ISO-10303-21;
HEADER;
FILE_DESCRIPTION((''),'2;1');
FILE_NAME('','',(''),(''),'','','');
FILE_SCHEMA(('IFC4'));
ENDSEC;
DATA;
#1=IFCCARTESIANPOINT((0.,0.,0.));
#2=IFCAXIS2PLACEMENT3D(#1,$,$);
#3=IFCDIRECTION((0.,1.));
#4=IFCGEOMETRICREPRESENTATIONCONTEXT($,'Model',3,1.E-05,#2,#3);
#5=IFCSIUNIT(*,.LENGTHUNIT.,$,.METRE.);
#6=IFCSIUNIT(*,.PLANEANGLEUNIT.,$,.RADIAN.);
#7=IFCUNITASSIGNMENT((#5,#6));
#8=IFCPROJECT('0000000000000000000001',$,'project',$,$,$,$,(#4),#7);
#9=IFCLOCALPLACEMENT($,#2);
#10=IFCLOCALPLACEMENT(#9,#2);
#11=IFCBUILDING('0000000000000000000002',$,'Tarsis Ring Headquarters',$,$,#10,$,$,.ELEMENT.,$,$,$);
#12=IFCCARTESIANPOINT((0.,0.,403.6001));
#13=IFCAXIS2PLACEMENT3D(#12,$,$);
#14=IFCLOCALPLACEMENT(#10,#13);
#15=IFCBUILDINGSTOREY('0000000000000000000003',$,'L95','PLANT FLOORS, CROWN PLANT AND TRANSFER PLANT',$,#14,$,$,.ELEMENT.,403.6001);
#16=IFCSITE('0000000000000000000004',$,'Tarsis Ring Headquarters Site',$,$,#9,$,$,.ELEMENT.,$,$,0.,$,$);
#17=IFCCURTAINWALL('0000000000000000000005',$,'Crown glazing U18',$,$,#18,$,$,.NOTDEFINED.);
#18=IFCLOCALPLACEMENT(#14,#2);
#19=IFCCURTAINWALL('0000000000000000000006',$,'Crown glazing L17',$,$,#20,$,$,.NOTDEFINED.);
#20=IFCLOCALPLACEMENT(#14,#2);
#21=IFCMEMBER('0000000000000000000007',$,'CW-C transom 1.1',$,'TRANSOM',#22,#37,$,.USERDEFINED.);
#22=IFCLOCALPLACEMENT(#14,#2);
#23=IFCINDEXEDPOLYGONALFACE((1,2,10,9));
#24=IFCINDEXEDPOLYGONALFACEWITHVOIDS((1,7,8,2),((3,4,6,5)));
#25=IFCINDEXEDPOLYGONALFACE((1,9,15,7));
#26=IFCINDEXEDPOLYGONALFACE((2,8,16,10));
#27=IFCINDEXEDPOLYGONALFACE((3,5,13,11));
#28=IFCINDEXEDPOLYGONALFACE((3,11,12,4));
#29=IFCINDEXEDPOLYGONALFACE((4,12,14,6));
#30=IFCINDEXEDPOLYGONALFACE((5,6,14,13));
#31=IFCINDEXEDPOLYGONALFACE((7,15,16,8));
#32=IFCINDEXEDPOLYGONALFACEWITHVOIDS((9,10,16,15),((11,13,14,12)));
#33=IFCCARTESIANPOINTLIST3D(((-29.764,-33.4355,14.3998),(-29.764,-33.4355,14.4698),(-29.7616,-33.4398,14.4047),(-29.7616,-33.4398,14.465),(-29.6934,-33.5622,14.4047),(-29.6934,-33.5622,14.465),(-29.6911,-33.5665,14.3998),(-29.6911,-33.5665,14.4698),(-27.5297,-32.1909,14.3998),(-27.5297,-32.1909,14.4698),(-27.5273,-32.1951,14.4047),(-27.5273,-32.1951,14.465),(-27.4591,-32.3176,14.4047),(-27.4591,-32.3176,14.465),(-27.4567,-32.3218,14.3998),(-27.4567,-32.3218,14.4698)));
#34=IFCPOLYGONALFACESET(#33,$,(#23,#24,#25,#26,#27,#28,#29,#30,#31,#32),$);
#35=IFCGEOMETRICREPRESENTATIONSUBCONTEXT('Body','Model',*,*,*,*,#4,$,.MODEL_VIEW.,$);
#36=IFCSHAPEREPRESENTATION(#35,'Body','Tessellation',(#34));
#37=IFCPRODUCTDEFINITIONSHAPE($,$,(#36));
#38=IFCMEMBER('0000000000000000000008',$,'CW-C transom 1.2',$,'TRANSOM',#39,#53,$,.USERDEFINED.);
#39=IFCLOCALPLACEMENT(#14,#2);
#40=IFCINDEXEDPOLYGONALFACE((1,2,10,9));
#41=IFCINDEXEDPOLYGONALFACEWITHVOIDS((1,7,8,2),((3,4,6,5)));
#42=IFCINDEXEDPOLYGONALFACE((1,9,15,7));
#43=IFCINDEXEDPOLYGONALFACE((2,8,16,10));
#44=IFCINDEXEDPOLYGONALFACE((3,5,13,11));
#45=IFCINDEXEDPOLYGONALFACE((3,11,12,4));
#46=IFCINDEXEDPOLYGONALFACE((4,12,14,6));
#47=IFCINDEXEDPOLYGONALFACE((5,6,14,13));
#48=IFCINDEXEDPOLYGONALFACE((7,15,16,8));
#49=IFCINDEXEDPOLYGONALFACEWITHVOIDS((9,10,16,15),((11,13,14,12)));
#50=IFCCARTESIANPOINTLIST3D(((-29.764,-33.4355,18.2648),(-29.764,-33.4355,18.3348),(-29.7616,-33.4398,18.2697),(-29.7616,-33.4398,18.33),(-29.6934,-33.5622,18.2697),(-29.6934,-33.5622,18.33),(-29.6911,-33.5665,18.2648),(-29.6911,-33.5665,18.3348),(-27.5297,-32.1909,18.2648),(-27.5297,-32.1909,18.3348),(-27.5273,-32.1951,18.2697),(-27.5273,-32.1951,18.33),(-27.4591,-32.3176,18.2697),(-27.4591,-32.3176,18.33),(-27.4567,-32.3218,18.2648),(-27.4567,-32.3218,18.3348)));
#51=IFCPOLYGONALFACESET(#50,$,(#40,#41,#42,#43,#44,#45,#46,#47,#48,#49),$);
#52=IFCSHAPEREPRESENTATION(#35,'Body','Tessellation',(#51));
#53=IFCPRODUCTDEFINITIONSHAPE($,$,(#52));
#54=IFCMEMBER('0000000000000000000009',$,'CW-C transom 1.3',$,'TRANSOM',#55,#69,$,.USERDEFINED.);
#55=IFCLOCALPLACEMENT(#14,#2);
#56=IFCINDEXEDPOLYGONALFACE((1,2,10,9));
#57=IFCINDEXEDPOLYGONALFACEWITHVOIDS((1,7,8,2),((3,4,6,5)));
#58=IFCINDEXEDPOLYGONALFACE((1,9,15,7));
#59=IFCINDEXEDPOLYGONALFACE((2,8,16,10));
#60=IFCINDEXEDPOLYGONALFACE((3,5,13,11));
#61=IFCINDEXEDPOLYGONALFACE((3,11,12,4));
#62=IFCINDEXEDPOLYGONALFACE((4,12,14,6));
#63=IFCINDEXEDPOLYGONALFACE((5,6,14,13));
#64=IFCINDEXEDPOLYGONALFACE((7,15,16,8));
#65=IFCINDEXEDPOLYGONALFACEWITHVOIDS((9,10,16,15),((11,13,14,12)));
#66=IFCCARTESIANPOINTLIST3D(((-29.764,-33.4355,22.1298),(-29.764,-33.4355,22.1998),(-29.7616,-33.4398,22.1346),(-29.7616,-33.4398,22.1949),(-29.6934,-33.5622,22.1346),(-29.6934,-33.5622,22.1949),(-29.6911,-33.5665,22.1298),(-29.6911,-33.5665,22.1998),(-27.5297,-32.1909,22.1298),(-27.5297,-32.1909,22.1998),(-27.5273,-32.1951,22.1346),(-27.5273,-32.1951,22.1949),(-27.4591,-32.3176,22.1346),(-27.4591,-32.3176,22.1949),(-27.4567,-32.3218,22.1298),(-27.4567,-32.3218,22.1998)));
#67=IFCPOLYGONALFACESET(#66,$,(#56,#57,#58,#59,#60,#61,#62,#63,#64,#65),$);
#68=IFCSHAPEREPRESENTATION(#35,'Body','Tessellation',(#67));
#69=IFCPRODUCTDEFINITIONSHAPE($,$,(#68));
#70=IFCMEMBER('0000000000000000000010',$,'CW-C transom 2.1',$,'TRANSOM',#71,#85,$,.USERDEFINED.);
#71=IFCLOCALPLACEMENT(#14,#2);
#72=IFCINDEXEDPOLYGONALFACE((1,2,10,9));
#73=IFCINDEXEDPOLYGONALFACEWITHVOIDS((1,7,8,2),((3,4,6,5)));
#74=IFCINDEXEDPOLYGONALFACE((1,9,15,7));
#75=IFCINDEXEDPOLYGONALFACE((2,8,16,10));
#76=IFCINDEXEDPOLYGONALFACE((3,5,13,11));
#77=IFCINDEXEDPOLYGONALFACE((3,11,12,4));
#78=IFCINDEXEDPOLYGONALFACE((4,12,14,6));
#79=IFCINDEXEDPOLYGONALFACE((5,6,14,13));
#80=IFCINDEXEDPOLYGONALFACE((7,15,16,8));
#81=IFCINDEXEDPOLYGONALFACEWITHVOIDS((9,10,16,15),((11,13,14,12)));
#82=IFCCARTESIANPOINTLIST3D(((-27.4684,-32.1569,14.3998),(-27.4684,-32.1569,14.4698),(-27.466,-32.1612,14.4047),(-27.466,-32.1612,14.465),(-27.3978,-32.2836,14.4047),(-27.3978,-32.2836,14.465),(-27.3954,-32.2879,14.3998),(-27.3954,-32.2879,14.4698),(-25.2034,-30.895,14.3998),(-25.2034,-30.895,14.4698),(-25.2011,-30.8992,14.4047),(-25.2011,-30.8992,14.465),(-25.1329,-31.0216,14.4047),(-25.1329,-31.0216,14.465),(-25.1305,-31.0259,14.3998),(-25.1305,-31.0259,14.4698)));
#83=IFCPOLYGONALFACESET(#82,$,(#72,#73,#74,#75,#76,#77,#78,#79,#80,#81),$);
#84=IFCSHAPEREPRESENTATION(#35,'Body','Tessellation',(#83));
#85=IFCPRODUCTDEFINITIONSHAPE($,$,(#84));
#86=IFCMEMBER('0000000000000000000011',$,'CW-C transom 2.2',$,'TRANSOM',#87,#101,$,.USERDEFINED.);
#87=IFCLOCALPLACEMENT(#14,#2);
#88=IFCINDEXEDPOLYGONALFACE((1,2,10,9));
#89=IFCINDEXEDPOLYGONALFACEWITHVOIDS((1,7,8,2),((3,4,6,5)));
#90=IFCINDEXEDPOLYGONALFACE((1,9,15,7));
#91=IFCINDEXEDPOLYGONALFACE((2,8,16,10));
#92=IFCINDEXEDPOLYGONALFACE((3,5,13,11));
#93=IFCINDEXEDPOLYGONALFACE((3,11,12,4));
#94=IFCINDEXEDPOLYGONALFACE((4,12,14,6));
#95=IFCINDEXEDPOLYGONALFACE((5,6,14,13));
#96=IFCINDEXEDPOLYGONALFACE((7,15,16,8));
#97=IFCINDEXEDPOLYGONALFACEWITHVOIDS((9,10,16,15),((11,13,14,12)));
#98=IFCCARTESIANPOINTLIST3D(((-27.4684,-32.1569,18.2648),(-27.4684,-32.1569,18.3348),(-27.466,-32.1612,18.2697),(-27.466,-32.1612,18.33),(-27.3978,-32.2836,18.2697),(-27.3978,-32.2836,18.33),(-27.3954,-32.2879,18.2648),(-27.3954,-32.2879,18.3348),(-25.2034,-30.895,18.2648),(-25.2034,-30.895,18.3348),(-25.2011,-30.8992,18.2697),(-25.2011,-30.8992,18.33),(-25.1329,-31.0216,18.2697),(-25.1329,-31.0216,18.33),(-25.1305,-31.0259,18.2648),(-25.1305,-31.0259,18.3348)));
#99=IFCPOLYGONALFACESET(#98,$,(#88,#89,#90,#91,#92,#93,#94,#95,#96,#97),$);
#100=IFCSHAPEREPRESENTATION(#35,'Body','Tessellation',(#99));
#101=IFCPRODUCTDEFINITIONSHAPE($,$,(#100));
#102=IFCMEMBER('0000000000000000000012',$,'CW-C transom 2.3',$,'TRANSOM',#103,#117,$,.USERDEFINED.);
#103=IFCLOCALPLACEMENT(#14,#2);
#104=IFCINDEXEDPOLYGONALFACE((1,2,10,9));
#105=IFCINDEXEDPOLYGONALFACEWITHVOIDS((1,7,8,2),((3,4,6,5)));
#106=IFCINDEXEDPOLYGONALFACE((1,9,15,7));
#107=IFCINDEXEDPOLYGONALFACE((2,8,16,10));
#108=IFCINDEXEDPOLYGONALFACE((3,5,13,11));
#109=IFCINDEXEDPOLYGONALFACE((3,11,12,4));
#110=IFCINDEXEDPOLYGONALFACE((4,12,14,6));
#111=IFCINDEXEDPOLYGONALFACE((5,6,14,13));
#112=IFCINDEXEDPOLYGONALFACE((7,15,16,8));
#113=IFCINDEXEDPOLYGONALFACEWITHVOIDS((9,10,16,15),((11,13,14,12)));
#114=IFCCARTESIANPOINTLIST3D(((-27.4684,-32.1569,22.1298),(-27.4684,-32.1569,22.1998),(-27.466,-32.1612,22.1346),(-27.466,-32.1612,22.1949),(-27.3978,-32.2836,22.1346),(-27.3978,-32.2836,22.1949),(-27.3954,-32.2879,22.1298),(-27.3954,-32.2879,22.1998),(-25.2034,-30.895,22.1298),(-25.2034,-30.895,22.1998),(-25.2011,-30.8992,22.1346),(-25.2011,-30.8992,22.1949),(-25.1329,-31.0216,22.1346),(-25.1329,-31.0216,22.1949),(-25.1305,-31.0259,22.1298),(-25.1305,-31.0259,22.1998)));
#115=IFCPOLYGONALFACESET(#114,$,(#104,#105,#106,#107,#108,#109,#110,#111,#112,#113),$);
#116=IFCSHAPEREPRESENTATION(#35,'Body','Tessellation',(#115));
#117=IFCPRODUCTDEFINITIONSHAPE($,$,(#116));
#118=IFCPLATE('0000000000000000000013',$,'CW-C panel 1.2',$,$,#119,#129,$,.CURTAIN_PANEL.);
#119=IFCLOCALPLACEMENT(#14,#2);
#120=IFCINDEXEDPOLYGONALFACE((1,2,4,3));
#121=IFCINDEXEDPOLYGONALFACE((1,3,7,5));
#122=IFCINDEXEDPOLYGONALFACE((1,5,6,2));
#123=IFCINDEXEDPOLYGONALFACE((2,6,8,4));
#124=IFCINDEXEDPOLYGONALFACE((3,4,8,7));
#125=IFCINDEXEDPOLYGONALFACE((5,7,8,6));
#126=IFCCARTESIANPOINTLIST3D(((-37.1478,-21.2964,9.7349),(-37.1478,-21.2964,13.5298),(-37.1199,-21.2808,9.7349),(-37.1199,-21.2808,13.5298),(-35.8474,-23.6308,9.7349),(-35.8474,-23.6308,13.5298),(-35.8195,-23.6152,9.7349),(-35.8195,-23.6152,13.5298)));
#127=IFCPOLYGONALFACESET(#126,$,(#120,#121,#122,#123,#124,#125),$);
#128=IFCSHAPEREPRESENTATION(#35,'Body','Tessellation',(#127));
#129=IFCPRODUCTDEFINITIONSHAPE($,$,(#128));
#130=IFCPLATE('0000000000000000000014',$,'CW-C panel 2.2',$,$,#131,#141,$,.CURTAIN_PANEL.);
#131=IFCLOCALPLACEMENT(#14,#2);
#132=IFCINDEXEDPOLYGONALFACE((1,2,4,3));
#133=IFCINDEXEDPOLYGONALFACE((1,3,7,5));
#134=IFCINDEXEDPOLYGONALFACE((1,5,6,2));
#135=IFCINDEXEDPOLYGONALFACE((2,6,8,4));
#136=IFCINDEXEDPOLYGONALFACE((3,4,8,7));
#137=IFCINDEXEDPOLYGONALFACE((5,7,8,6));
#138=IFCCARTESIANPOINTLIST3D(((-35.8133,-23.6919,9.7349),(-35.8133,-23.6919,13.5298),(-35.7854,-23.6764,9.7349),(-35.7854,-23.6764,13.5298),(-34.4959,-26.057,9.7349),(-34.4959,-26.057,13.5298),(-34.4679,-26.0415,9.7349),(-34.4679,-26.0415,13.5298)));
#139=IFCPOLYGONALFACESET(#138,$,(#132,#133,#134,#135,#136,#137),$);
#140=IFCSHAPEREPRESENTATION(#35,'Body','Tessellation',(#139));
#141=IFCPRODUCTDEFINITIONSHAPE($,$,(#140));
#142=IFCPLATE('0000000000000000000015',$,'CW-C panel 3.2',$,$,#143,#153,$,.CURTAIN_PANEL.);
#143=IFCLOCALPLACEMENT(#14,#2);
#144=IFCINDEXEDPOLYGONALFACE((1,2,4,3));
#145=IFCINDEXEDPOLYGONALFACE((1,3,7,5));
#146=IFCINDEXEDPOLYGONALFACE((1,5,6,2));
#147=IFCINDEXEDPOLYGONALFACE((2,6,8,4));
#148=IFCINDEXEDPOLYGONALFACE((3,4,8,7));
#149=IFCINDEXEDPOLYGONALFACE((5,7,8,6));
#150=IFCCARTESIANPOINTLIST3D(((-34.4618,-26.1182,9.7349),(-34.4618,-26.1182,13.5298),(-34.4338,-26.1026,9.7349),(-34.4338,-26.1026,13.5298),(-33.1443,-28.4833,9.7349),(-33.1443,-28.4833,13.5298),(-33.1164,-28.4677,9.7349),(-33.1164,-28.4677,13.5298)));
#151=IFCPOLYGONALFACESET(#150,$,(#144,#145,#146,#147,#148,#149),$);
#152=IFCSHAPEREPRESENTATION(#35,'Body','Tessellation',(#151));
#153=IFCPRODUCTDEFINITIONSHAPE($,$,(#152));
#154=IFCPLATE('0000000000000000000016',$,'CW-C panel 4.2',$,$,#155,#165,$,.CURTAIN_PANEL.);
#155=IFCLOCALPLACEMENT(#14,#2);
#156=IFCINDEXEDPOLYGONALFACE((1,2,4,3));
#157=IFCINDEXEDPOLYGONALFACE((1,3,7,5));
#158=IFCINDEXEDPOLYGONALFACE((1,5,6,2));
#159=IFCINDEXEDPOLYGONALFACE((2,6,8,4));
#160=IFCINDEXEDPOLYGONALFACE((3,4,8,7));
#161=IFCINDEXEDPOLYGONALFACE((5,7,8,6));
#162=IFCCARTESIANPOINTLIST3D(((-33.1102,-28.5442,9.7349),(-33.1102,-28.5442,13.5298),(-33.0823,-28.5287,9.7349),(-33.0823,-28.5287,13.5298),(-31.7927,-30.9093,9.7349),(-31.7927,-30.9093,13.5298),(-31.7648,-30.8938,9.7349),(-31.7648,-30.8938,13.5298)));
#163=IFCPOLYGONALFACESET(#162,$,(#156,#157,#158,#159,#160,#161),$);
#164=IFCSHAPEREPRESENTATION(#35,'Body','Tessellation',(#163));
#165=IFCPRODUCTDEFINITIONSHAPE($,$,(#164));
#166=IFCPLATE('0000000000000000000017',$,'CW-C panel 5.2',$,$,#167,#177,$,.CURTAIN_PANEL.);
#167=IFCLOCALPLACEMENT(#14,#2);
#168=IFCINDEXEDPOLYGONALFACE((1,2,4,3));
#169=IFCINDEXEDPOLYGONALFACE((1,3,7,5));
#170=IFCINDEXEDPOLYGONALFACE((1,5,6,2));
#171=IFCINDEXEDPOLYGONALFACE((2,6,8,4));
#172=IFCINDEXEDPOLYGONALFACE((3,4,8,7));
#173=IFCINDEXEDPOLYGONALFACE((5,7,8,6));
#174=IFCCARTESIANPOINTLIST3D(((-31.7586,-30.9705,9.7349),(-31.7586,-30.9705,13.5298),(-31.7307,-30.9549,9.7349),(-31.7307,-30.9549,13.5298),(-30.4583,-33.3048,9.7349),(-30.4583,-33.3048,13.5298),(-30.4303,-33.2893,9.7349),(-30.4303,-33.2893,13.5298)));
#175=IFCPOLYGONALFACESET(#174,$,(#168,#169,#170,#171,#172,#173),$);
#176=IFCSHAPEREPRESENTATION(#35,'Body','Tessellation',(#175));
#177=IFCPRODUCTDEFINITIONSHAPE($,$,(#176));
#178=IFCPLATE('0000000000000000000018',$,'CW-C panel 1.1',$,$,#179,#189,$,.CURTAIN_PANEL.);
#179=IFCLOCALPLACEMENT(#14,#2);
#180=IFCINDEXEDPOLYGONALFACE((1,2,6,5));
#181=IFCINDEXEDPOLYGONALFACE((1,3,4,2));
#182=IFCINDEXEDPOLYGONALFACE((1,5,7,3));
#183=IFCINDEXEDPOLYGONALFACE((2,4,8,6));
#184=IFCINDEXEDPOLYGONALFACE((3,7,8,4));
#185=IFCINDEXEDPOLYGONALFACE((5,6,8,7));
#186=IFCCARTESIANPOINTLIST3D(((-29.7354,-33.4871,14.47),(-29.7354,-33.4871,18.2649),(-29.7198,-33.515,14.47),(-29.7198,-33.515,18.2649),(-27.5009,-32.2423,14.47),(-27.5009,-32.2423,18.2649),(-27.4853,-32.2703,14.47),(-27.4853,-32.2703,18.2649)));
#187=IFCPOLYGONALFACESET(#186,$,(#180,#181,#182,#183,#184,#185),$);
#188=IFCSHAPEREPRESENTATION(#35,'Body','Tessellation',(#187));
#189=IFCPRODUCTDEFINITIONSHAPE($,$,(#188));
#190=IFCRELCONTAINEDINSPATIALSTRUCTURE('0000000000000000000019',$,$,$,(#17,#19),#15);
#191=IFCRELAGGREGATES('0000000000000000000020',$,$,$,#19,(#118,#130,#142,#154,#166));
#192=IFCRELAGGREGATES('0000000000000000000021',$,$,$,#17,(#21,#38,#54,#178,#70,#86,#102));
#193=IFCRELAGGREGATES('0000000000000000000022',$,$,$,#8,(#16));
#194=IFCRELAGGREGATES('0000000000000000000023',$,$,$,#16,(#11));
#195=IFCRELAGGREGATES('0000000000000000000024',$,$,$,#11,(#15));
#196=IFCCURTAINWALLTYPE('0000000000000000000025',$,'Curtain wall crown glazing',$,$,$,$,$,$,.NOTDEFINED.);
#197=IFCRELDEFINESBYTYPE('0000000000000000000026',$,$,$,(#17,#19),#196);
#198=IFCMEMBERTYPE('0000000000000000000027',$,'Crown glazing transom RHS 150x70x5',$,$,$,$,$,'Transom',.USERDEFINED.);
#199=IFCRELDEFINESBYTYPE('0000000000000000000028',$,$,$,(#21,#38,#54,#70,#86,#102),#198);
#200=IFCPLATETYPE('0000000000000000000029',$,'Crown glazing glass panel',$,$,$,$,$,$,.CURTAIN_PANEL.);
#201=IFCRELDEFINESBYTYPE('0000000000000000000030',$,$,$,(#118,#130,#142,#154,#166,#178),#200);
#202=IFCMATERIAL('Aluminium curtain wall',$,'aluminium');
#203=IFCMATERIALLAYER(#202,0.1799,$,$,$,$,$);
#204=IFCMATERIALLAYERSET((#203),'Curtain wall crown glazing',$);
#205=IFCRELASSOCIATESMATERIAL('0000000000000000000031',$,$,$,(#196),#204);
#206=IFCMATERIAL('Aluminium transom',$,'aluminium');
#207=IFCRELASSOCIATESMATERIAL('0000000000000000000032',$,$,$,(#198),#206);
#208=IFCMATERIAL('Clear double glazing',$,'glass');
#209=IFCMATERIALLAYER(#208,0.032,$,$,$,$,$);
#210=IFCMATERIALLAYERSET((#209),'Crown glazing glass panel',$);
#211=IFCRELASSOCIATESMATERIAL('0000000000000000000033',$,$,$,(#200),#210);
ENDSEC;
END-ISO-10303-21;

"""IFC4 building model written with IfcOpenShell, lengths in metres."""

from ifc_helpers import new_model, si_unit, direction, frame, origin, origin_2d, place, context, subcontext, project, spatial, rectangle, hollow_rectangle, extrude, material, layer, layer_set, material_profile, profile_set, type_object, element, aggregate, save


model = new_model("IFC4")

# Units and contexts
model_context = context("Model", 3, precision=1e-05, world=origin(), true_north=direction((0.0, 1.0)))
body_context = subcontext(model_context, "Body", "Model", "MODEL_VIEW")
ifc_project = project(units=[si_unit("LENGTHUNIT", "METRE"), si_unit("PLANEANGLEUNIT", "RADIAN")], contexts=[model_context])

# Site, building, storey
site_placement = place(None, origin())
site = spatial("IfcSite", under=ifc_project, at=site_placement, Name="Tarsis Ring Headquarters Site", CompositionType="ELEMENT", RefElevation=0.0)
building_placement = place(site_placement, origin())
building = spatial("IfcBuilding", under=site, at=building_placement, Name="Tarsis Ring Headquarters", CompositionType="ELEMENT")
storey_placement = place(building_placement, frame((0.0, 0.0, 403.6001)))
storey = spatial("IfcBuildingStorey", under=building, at=storey_placement, Name="L95", Description="PLANT FLOORS, CROWN PLANT AND TRANSFER PLANT", CompositionType="ELEMENT", Elevation=403.6001)

# Curtain walls
ifc_material_1 = material(Name="Aluminium curtain wall", Category="aluminium")
ifc_layer_1 = layer(ifc_material_1, 0.1799)
ifc_layer_set_1 = layer_set([ifc_layer_1], Name="Curtain wall crown glazing")
curtain_wall_type = type_object("IfcCurtainWallType", Name="Curtain wall crown glazing", PredefinedType="NOTDEFINED", material=ifc_layer_set_1)
curtain_wall_1_placement = place(storey_placement, origin())
curtain_wall_1 = element("IfcCurtainWall", 1, at=curtain_wall_1_placement, inside=storey, type_object=curtain_wall_type, Name="Crown glazing U18", PredefinedType="NOTDEFINED")
curtain_wall_2_placement = place(storey_placement, origin())
curtain_wall_2 = element("IfcCurtainWall", 2, at=curtain_wall_2_placement, inside=storey, type_object=curtain_wall_type, Name="Crown glazing L17", PredefinedType="NOTDEFINED")
ifc_material_2 = material(Name="Aluminium transom", Category="aluminium")
ifc_material_profile_1 = material_profile(ifc_material_2, hollow_rectangle(XDim=0.1499, YDim=0.0701, WallThickness=0.0049, at=origin_2d()), Name="RHS 150x70x5")
ifc_profile_set_1 = profile_set([ifc_material_profile_1], Name="Aluminium transom")
member_type_1 = type_object("IfcMemberType", Name="Crown glazing transom RHS 150x70x5", ElementType="Transom", PredefinedType="USERDEFINED", material=ifc_profile_set_1)

# Members
member_1_placement = place(storey_placement, frame((-29.7275, -33.501, 14.4348), z_axis=(0.873607, 0.486631, 0.0), x_axis=(-0.486631, 0.873607, 0.0)))
member_1 = element("IfcMember", 3, at=member_1_placement, type_object=member_type_1, Name="CW-C transom 1.1", ObjectType="TRANSOM", PredefinedType="USERDEFINED", context=body_context, shape_type="SweptSolid", body=[
    extrude(hollow_rectangle(XDim=0.1499, YDim=0.0701, WallThickness=0.0049, at=origin_2d()), origin(), (0.0, 0.0, 1.0), 2.5576),
])
member_2_placement = place(storey_placement, frame((-29.7275, -33.501, 18.2998), z_axis=(0.873607, 0.486631, 0.0), x_axis=(-0.486631, 0.873607, 0.0)))
member_2 = element("IfcMember", 4, at=member_2_placement, type_object=member_type_1, Name="CW-C transom 1.2", ObjectType="TRANSOM", PredefinedType="USERDEFINED", context=body_context, shape_type="SweptSolid", body=[
    extrude(hollow_rectangle(XDim=0.1499, YDim=0.0701, WallThickness=0.0049, at=origin_2d()), origin(), (0.0, 0.0, 1.0), 2.5576),
])
member_3_placement = place(storey_placement, frame((-29.7275, -33.501, 22.1648), z_axis=(0.873607, 0.486631, 0.0), x_axis=(-0.486631, 0.873607, 0.0)))
member_3 = element("IfcMember", 5, at=member_3_placement, type_object=member_type_1, Name="CW-C transom 1.3", ObjectType="TRANSOM", PredefinedType="USERDEFINED", context=body_context, shape_type="SweptSolid", body=[
    extrude(hollow_rectangle(XDim=0.1499, YDim=0.0701, WallThickness=0.0049, at=origin_2d()), origin(), (0.0, 0.0, 1.0), 2.5576),
])
member_4_placement = place(storey_placement, frame((-27.4319, -32.2224, 14.4348), z_axis=(0.873553, 0.48673, 0.0), x_axis=(-0.48673, 0.873553, 0.0)))
member_4 = element("IfcMember", 6, at=member_4_placement, type_object=member_type_1, Name="CW-C transom 2.1", ObjectType="TRANSOM", PredefinedType="USERDEFINED", context=body_context, shape_type="SweptSolid", body=[
    extrude(hollow_rectangle(XDim=0.1499, YDim=0.0701, WallThickness=0.0049, at=origin_2d()), origin(), (0.0, 0.0, 1.0), 2.5928),
])
member_5_placement = place(storey_placement, frame((-27.4319, -32.2224, 18.2998), z_axis=(0.873553, 0.48673, 0.0), x_axis=(-0.48673, 0.873553, 0.0)))
member_5 = element("IfcMember", 7, at=member_5_placement, type_object=member_type_1, Name="CW-C transom 2.2", ObjectType="TRANSOM", PredefinedType="USERDEFINED", context=body_context, shape_type="SweptSolid", body=[
    extrude(hollow_rectangle(XDim=0.1499, YDim=0.0701, WallThickness=0.0049, at=origin_2d()), origin(), (0.0, 0.0, 1.0), 2.5928),
])
member_6_placement = place(storey_placement, frame((-27.4319, -32.2224, 22.1648), z_axis=(0.873553, 0.48673, 0.0), x_axis=(-0.48673, 0.873553, 0.0)))
member_6 = element("IfcMember", 8, at=member_6_placement, type_object=member_type_1, Name="CW-C transom 2.3", ObjectType="TRANSOM", PredefinedType="USERDEFINED", context=body_context, shape_type="SweptSolid", body=[
    extrude(hollow_rectangle(XDim=0.1499, YDim=0.0701, WallThickness=0.0049, at=origin_2d()), origin(), (0.0, 0.0, 1.0), 2.5928),
])

# Plates
ifc_material_3 = material(Name="Clear double glazing", Category="glass")
ifc_layer_2 = layer(ifc_material_3, 0.032)
ifc_layer_set_2 = layer_set([ifc_layer_2], Name="Crown glazing glass panel")
plate_type = type_object("IfcPlateType", Name="Crown glazing glass panel", PredefinedType="CURTAIN_PANEL", material=ifc_layer_set_2)
plate_1_placement = place(storey_placement, frame((-36.4836, -22.4558, 9.7349), z_axis=(0.0, 0.0, 1.0), x_axis=(0.48664, -0.873602, 0.0)))
plate_1 = element("IfcPlate", 9, at=plate_1_placement, type_object=plate_type, Name="CW-C panel 1.2", PredefinedType="CURTAIN_PANEL", context=body_context, shape_type="SweptSolid", body=[
    extrude(rectangle(XDim=2.6721, YDim=0.032, at=origin_2d()), origin(), (0.0, 0.0, 1.0), 3.7949),
])
plate_2_placement = place(storey_placement, frame((-35.1406, -24.8667, 9.7349), z_axis=(0.0, 0.0, 1.0), x_axis=(0.48664, -0.873602, 0.0)))
plate_2 = element("IfcPlate", 10, at=plate_2_placement, type_object=plate_type, Name="CW-C panel 2.2", PredefinedType="CURTAIN_PANEL", context=body_context, shape_type="SweptSolid", body=[
    extrude(rectangle(XDim=2.7073, YDim=0.032, at=origin_2d()), origin(), (0.0, 0.0, 1.0), 3.7949),
])
plate_3_placement = place(storey_placement, frame((-33.7891, -27.293, 9.7349), z_axis=(0.0, 0.0, 1.0), x_axis=(0.48664, -0.873602, 0.0)))
plate_3 = element("IfcPlate", 11, at=plate_3_placement, type_object=plate_type, Name="CW-C panel 3.2", PredefinedType="CURTAIN_PANEL", context=body_context, shape_type="SweptSolid", body=[
    extrude(rectangle(XDim=2.7073, YDim=0.032, at=origin_2d()), origin(), (0.0, 0.0, 1.0), 3.7949),
])
plate_4_placement = place(storey_placement, frame((-32.4375, -29.719, 9.7349), z_axis=(0.0, 0.0, 1.0), x_axis=(0.48664, -0.873602, 0.0)))
plate_4 = element("IfcPlate", 12, at=plate_4_placement, type_object=plate_type, Name="CW-C panel 4.2", PredefinedType="CURTAIN_PANEL", context=body_context, shape_type="SweptSolid", body=[
    extrude(rectangle(XDim=2.7073, YDim=0.032, at=origin_2d()), origin(), (0.0, 0.0, 1.0), 3.7949),
])
plate_5_placement = place(storey_placement, frame((-31.0945, -32.1299, 9.7349), z_axis=(0.0, 0.0, 1.0), x_axis=(0.48664, -0.873602, 0.0)))
plate_5 = element("IfcPlate", 13, at=plate_5_placement, type_object=plate_type, Name="CW-C panel 5.2", PredefinedType="CURTAIN_PANEL", context=body_context, shape_type="SweptSolid", body=[
    extrude(rectangle(XDim=2.6721, YDim=0.032, at=origin_2d()), origin(), (0.0, 0.0, 1.0), 3.7949),
])
aggregate(curtain_wall_2, [plate_1, plate_2, plate_3, plate_4, plate_5])
plate_6_placement = place(storey_placement, frame((-28.6104, -32.8787, 14.47), z_axis=(0.0, 0.0, 1.0), x_axis=(0.873602, 0.48664, 0.0)))
plate_6 = element("IfcPlate", 14, at=plate_6_placement, type_object=plate_type, Name="CW-C panel 1.1", PredefinedType="CURTAIN_PANEL", context=body_context, shape_type="SweptSolid", body=[
    extrude(rectangle(XDim=2.5579, YDim=0.032, at=origin_2d()), origin(), (0.0, 0.0, 1.0), 3.7949),
])
aggregate(curtain_wall_1, [member_1, member_2, member_3, plate_6, member_4, member_5, member_6])

save(model, "model.ifc")
